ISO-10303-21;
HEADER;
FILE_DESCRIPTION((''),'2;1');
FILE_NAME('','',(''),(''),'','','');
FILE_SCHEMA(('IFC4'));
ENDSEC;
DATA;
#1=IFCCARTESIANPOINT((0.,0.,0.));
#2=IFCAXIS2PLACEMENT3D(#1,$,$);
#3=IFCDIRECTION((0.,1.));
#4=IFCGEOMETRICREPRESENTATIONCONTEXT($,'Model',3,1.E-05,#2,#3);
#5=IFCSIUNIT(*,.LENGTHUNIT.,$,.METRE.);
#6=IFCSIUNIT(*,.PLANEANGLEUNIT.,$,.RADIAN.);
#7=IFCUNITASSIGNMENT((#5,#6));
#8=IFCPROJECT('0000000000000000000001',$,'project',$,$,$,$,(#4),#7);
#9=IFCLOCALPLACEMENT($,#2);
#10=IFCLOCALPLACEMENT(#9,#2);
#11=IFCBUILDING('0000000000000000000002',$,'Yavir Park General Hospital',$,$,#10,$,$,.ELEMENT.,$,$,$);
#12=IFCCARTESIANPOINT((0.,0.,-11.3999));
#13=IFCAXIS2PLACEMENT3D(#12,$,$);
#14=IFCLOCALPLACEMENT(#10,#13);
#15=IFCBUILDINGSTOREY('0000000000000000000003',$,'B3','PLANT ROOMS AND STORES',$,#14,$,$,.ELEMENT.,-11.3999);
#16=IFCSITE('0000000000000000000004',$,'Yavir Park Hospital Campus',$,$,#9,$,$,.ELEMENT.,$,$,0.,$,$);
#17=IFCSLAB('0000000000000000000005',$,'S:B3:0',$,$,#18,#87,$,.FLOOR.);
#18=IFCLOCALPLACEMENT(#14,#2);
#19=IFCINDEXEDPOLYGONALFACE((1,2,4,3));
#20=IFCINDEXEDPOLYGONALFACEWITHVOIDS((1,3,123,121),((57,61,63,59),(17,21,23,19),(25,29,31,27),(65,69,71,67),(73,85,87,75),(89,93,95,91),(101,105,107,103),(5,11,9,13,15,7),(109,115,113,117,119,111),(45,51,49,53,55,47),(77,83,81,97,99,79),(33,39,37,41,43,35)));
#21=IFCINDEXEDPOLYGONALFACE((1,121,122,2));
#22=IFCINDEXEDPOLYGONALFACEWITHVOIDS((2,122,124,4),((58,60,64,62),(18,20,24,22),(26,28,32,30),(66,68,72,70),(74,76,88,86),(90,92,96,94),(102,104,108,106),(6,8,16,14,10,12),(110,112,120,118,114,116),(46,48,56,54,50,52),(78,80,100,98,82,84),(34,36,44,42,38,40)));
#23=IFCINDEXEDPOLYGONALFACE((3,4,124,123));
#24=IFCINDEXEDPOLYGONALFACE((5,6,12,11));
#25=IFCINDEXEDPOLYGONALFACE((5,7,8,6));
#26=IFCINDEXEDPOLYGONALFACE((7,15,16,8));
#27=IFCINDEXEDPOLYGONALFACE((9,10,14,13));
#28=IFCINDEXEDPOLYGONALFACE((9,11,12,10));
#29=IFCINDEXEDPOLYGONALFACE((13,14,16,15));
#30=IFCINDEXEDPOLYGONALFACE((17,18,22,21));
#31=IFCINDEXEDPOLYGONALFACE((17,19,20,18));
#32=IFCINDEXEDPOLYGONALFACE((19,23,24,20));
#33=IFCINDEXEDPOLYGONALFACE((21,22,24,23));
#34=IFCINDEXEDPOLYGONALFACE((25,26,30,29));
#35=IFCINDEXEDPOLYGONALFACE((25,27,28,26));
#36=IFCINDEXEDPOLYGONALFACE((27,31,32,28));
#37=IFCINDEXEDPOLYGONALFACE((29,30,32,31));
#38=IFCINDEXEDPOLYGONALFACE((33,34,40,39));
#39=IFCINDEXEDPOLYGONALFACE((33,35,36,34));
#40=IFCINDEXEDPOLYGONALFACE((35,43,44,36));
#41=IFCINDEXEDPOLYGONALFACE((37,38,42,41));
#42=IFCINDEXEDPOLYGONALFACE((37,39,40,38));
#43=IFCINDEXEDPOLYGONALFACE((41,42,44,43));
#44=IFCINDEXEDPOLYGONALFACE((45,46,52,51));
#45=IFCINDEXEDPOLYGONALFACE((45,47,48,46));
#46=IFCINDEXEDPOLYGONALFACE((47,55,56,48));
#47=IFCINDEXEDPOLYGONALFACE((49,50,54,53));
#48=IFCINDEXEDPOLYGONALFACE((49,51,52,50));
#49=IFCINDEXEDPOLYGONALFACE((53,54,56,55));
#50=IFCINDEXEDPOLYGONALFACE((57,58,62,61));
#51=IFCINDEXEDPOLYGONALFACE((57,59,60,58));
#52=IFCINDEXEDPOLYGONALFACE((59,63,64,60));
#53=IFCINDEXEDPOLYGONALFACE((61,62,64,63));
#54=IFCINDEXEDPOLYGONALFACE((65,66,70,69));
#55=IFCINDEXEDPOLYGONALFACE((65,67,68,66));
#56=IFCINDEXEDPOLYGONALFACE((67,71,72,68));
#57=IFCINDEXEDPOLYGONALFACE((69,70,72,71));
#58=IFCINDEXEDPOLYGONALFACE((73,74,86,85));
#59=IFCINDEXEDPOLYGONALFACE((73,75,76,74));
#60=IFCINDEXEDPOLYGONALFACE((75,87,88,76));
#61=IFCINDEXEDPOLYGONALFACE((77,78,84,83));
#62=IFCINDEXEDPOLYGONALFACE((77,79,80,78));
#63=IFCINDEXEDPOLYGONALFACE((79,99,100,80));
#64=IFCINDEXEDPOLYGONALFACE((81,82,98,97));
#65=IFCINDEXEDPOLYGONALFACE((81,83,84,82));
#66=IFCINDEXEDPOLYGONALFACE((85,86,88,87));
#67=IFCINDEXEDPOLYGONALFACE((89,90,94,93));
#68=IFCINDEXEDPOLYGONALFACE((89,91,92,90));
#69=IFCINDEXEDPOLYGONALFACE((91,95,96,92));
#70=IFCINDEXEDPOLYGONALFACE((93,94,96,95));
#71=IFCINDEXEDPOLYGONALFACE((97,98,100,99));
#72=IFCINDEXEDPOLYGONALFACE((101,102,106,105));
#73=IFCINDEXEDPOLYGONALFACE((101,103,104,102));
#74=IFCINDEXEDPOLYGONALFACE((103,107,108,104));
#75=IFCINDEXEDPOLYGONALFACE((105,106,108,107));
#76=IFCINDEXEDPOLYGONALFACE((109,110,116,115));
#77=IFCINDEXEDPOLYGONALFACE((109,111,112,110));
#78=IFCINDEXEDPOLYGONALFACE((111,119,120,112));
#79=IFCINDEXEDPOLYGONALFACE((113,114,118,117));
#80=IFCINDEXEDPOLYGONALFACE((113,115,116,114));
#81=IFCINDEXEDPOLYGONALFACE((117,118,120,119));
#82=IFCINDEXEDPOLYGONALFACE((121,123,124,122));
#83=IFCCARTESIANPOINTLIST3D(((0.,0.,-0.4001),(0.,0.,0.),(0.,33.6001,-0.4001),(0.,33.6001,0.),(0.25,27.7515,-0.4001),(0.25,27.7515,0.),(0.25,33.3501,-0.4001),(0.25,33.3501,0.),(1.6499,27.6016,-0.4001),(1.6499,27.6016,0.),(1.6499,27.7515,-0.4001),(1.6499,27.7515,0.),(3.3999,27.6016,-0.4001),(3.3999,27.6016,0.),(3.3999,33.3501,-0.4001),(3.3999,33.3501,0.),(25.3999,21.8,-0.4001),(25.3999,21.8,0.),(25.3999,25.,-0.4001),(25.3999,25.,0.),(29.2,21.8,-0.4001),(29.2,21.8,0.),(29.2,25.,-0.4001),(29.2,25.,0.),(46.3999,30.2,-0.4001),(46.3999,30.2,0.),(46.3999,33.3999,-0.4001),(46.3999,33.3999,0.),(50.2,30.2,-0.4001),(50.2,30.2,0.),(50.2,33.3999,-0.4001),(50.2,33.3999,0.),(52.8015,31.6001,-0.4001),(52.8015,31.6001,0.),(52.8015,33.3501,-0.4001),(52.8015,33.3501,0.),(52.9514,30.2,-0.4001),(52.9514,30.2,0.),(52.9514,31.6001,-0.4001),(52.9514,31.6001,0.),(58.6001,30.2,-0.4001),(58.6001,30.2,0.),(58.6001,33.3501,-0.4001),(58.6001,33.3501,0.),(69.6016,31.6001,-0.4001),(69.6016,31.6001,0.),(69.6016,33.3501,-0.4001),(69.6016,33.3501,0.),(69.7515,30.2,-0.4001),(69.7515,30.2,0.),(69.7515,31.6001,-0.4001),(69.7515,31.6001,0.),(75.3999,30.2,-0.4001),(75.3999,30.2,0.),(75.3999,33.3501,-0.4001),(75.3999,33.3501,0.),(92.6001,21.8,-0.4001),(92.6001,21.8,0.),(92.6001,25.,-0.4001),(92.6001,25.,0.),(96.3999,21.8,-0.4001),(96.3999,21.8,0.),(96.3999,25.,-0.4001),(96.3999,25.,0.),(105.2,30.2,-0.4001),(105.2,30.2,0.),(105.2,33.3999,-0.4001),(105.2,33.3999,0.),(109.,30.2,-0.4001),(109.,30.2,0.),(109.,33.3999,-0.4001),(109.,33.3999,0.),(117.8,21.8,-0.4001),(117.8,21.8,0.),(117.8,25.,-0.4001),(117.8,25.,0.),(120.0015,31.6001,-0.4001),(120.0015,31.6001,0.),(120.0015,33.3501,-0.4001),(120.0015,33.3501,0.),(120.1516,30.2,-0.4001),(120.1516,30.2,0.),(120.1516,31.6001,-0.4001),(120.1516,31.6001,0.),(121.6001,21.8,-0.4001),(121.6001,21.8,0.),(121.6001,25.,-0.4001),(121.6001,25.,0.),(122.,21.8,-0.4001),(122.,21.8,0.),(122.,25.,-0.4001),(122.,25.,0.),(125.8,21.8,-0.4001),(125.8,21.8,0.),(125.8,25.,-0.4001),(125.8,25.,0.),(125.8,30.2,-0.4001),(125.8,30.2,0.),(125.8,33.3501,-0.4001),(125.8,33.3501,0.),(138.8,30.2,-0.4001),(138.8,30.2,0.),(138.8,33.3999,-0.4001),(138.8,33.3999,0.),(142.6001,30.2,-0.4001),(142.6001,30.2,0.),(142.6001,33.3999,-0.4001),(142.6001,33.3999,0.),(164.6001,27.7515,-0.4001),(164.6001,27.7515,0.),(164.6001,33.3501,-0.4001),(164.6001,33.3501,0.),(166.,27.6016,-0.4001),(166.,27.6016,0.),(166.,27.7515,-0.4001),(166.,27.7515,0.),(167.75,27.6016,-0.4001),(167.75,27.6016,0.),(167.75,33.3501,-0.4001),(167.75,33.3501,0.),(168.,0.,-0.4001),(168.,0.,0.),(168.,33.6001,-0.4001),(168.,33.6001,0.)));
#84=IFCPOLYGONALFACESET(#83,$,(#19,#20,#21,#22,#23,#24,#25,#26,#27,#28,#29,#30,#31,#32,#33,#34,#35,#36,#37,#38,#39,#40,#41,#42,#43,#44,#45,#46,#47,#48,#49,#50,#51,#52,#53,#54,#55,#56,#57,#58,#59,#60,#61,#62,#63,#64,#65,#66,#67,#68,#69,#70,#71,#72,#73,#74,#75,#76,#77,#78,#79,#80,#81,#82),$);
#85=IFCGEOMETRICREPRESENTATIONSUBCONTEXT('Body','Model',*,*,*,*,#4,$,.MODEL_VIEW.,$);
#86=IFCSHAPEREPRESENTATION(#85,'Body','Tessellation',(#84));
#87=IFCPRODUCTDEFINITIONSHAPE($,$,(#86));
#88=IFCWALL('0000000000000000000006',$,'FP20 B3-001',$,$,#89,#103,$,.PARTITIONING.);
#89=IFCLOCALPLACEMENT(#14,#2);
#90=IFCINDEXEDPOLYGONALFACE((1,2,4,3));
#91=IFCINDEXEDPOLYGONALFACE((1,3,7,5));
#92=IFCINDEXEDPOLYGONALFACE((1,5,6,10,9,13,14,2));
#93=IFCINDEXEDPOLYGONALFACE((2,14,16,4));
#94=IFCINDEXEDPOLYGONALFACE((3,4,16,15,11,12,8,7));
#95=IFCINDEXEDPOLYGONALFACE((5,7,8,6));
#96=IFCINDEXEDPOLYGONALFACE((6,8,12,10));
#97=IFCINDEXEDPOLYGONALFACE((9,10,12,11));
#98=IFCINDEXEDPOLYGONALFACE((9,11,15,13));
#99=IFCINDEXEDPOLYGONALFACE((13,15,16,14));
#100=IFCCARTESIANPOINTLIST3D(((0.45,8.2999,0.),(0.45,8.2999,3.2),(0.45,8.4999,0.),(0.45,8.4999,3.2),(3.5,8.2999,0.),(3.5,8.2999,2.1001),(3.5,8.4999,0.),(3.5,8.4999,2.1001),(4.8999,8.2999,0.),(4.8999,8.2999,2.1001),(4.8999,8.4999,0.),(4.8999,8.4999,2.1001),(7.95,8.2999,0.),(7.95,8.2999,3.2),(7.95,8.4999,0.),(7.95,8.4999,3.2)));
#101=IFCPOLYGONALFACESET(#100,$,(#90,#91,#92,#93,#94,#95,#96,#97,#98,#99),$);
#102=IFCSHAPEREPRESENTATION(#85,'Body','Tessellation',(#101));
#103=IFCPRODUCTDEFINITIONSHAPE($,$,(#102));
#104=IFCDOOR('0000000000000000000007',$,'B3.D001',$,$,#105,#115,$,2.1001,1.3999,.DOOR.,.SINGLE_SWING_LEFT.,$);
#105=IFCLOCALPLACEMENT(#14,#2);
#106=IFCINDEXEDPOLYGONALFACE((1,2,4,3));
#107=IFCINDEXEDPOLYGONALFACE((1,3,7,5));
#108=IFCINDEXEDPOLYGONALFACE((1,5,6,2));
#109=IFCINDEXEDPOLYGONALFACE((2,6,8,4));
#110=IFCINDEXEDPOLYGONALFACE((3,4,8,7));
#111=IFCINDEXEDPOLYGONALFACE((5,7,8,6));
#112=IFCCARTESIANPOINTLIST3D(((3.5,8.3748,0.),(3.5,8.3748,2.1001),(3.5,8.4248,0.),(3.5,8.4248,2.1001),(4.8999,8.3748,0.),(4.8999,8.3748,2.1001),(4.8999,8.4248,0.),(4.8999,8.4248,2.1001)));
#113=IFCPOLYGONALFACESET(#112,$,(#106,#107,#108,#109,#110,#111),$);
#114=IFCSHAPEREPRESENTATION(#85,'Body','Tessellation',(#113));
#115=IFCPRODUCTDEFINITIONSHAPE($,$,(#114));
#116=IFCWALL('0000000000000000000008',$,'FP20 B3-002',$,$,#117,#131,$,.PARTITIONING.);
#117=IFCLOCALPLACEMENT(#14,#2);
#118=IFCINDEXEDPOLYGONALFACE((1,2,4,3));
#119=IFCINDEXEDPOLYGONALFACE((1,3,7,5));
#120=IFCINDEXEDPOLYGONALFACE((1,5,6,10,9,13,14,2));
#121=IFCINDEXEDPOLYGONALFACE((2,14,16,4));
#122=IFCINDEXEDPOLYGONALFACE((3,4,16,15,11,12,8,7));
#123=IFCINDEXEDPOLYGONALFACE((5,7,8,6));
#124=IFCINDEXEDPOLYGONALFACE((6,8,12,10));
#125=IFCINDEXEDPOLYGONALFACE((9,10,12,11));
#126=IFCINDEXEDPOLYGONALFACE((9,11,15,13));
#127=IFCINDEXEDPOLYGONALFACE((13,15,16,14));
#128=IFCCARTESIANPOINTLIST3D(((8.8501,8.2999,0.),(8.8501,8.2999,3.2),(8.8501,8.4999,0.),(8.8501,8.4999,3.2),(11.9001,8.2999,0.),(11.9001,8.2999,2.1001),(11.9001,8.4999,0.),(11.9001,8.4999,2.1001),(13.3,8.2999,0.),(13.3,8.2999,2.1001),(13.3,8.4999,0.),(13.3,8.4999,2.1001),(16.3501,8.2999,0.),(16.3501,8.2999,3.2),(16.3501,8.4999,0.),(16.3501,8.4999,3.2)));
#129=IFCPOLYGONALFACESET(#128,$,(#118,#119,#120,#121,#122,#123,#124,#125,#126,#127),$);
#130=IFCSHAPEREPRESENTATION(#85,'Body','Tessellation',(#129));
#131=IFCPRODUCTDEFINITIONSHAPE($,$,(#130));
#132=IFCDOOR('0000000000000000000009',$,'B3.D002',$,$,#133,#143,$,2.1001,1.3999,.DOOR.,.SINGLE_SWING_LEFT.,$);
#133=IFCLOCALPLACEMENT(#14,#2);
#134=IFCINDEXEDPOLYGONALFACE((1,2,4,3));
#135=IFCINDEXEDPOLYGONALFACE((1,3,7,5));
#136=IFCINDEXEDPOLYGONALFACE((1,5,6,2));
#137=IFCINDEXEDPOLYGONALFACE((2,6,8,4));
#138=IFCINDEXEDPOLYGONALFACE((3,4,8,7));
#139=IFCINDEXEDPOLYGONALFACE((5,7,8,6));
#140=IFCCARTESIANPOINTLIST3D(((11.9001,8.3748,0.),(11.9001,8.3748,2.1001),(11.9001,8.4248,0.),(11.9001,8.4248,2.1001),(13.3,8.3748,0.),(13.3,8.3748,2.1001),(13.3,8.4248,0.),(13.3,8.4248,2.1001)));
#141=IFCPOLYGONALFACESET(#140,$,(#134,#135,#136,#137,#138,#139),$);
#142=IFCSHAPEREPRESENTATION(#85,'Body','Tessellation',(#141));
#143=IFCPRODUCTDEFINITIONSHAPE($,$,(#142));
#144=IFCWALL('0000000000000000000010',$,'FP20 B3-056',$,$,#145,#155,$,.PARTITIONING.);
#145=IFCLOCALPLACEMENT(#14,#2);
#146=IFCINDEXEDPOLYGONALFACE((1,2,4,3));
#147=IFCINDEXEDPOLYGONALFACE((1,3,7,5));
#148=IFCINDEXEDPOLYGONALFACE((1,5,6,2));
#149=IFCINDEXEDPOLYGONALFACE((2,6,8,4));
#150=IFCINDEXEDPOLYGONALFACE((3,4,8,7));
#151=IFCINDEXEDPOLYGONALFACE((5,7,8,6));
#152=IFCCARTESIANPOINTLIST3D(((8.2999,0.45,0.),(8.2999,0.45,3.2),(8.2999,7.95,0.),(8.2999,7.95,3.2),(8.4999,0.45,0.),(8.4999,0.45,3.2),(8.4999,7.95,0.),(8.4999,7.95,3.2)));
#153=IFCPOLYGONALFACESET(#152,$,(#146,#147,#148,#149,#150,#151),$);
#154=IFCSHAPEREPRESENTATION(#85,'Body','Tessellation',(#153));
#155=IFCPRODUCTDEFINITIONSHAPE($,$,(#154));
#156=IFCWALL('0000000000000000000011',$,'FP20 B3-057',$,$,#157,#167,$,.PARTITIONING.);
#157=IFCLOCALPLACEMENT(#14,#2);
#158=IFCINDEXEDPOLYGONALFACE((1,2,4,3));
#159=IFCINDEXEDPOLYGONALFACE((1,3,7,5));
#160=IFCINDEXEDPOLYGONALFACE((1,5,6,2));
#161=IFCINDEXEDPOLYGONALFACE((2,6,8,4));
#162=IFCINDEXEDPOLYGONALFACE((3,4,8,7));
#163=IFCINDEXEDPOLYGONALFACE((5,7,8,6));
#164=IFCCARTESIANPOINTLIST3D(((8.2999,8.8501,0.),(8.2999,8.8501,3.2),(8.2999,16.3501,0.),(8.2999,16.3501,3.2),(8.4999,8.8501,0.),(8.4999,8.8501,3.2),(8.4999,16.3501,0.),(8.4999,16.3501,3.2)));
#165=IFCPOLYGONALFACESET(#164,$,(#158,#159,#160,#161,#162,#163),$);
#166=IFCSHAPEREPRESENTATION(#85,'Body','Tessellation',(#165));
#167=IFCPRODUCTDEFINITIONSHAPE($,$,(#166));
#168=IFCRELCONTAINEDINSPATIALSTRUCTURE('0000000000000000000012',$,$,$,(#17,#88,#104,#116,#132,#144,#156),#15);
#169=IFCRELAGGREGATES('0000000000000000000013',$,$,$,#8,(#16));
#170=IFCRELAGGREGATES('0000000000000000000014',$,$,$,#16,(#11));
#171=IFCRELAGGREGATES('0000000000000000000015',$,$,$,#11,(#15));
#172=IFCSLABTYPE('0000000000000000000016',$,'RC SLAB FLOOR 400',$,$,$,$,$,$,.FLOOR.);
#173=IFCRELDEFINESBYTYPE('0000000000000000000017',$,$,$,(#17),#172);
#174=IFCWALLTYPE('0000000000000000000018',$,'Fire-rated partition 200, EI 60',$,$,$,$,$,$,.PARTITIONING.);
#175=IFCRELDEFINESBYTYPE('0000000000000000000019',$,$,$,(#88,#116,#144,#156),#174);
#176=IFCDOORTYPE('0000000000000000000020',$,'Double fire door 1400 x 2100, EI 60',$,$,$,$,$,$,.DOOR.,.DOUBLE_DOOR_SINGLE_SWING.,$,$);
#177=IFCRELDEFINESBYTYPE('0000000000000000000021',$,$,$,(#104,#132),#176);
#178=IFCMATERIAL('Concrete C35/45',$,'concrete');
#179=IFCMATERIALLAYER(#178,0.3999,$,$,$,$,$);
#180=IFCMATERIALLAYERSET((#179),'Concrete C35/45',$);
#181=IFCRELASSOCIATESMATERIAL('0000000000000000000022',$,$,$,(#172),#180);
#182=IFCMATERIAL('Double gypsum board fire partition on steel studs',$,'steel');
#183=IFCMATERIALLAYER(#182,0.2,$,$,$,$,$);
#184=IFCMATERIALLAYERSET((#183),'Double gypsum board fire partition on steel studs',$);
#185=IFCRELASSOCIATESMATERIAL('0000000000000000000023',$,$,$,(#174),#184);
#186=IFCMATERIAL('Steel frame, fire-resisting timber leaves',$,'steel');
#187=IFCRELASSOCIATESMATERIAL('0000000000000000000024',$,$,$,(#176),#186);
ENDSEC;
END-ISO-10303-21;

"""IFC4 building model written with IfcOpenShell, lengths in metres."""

from ifc_helpers import new_model, si_unit, direction, frame, frame_2d, origin, place, context, subcontext, project, spatial, polyline, rectangle, outline, extrude, material, layer, layer_set, type_object, element, fill, save


model = new_model("IFC4")

# Units and contexts
model_context = context("Model", 3, precision=1e-05, world=origin(), true_north=direction((0.0, 1.0)))
body_context = subcontext(model_context, "Body", "Model", "MODEL_VIEW")
ifc_project = project(units=[si_unit("LENGTHUNIT", "METRE"), si_unit("PLANEANGLEUNIT", "RADIAN")], contexts=[model_context])

# Site, building, storey
site_placement = place(None, origin())
site = spatial("IfcSite", under=ifc_project, at=site_placement, Name="Yavir Park Hospital Campus", CompositionType="ELEMENT", RefElevation=0.0)
building_placement = place(site_placement, origin())
building = spatial("IfcBuilding", under=site, at=building_placement, Name="Yavir Park General Hospital", CompositionType="ELEMENT")
storey_placement = place(building_placement, frame((0.0, 0.0, -11.3999)))
storey = spatial("IfcBuildingStorey", under=building, at=storey_placement, Name="B3", Description="PLANT ROOMS AND STORES", CompositionType="ELEMENT", Elevation=-11.3999)

# Slab
ifc_material_1 = material(Name="Concrete C35/45", Category="concrete")
ifc_layer_1 = layer(ifc_material_1, 0.3999)
ifc_layer_set_1 = layer_set([ifc_layer_1], Name="Concrete C35/45")
slab_type_1 = type_object("IfcSlabType", Name="RC SLAB FLOOR 400", PredefinedType="FLOOR", material=ifc_layer_set_1)
slab_1_placement = place(storey_placement, frame((0.0, 0.0, -0.4001)))
element("IfcSlab", 1, at=slab_1_placement, inside=storey, type_object=slab_type_1, Name="S:B3:0", PredefinedType="FLOOR", context=body_context, shape_type="SweptSolid", body=[
    extrude(outline(polyline([(168.0, 33.6001), (0.0, 33.6001), (0.0, 0.0), (168.0, 0.0), (168.0, 33.6001)]), holes=[polyline([(29.2, 21.8), (25.3999, 21.8), (25.3999, 25.0), (29.2, 25.0), (29.2, 21.8)]), polyline([(92.6001, 21.8), (92.6001, 25.0), (96.3999, 25.0), (96.3999, 21.8), (92.6001, 21.8)]), polyline([(50.2, 30.2), (46.3999, 30.2), (46.3999, 33.3999), (50.2, 33.3999), (50.2, 30.2)]), polyline([(121.6001, 21.8), (117.8, 21.8), (117.8, 25.0), (121.6001, 25.0), (121.6001, 21.8)]), polyline([(122.0, 21.8), (122.0, 25.0), (125.8, 25.0), (125.8, 21.8), (122.0, 21.8)]), polyline([(109.0, 30.2), (105.2, 30.2), (105.2, 33.3999), (109.0, 33.3999), (109.0, 30.2)]), polyline([(138.8, 30.2), (138.8, 33.3999), (142.6001, 33.3999), (142.6001, 30.2), (138.8, 30.2)]), polyline([(3.3999, 27.6016), (1.6499, 27.6016), (1.6499, 27.7515), (0.25, 27.7515), (0.25, 33.3501), (3.3999, 33.3501), (3.3999, 27.6016)]), polyline([(58.6001, 30.2), (52.9514, 30.2), (52.9514, 31.6001), (52.8015, 31.6001), (52.8015, 33.3501), (58.6001, 33.3501), (58.6001, 30.2)]), polyline([(69.7515, 31.6001), (69.6016, 31.6001), (69.6016, 33.3501), (75.3999, 33.3501), (75.3999, 30.2), (69.7515, 30.2), (69.7515, 31.6001)]), polyline([(120.0015, 33.3501), (125.8, 33.3501), (125.8, 30.2), (120.1516, 30.2), (120.1516, 31.6001), (120.0015, 31.6001), (120.0015, 33.3501)]), polyline([(166.0, 27.7515), (164.6001, 27.7515), (164.6001, 33.3501), (167.75, 33.3501), (167.75, 27.6016), (166.0, 27.6016), (166.0, 27.7515)])]), origin(), (0.0, 0.0, 1.0), 0.4001),
])

# Walls, openings, doors
ifc_material_2 = material(Name="Double gypsum board fire partition on steel studs", Category="steel")
ifc_layer_2 = layer(ifc_material_2, 0.2)
ifc_layer_set_2 = layer_set([ifc_layer_2], Name="Double gypsum board fire partition on steel studs")
wall_type_1 = type_object("IfcWallType", Name="Fire-rated partition 200, EI 60", PredefinedType="PARTITIONING", material=ifc_layer_set_2)
wall_1_placement = place(storey_placement, frame((0.45, 8.3999, 0.0), z_axis=(0.0, 0.0, 1.0), x_axis=(1.0, 0.0, 0.0)))
wall_1 = element("IfcWall", 2, at=wall_1_placement, inside=storey, type_object=wall_type_1, Name="FP20 B3-001", PredefinedType="PARTITIONING", context=body_context, shape_type="SweptSolid", body=[
    extrude(rectangle(XDim=7.5, YDim=0.2, at=frame_2d((3.75, 0.0))), origin(), (0.0, 0.0, 1.0), 3.2),
])
opening_1_placement = place(wall_1_placement, frame((3.05, 0.0, 0.0)))
opening_1 = element("IfcOpeningElement", 3, at=opening_1_placement, cuts=wall_1, PredefinedType="OPENING", context=body_context, shape_type="SweptSolid", body=[
    extrude(rectangle(XDim=1.3999, YDim=2.1001, at=frame_2d((0.7, 1.05))), frame((0.0, 0.1099, 0.0), z_axis=(0.0, -1.0, 0.0), x_axis=(1.0, 0.0, 0.0)), (0.0, 0.0, 1.0), 0.22),
])
ifc_material_3 = material(Name="Steel frame, fire-resisting timber leaves", Category="steel")
door_type = type_object("IfcDoorType", Name="Double fire door 1400 x 2100, EI 60", OperationType="DOUBLE_DOOR_SINGLE_SWING", PredefinedType="DOOR", material=ifc_material_3)
door_1_placement = place(opening_1_placement, origin())
door_1 = element("IfcDoor", 4, at=door_1_placement, inside=storey, type_object=door_type, Name="B3.D001", OperationType="SINGLE_SWING_LEFT", OverallHeight=2.1001, OverallWidth=1.3999, PredefinedType="DOOR", context=body_context, shape_type="SweptSolid", body=[
    extrude(rectangle(XDim=1.3999, YDim=2.1001, at=frame_2d((0.7, 1.05))), frame((0.0, 0.0249, 0.0), z_axis=(0.0, -1.0, 0.0), x_axis=(1.0, 0.0, 0.0)), (0.0, 0.0, 1.0), 0.05),
])
fill(opening_1, door_1)
wall_2_placement = place(storey_placement, frame((8.8501, 8.3999, 0.0), z_axis=(0.0, 0.0, 1.0), x_axis=(1.0, 0.0, 0.0)))
wall_2 = element("IfcWall", 5, at=wall_2_placement, inside=storey, type_object=wall_type_1, Name="FP20 B3-002", PredefinedType="PARTITIONING", context=body_context, shape_type="SweptSolid", body=[
    extrude(rectangle(XDim=7.5, YDim=0.2, at=frame_2d((3.75, 0.0))), origin(), (0.0, 0.0, 1.0), 3.2),
])
opening_2_placement = place(wall_2_placement, frame((3.05, 0.0, 0.0)))
opening_2 = element("IfcOpeningElement", 6, at=opening_2_placement, cuts=wall_2, PredefinedType="OPENING", context=body_context, shape_type="SweptSolid", body=[
    extrude(rectangle(XDim=1.3999, YDim=2.1001, at=frame_2d((0.7, 1.05))), frame((0.0, 0.1099, 0.0), z_axis=(0.0, -1.0, 0.0), x_axis=(1.0, 0.0, 0.0)), (0.0, 0.0, 1.0), 0.22),
])
door_2_placement = place(opening_2_placement, origin())
door_2 = element("IfcDoor", 7, at=door_2_placement, inside=storey, type_object=door_type, Name="B3.D002", OperationType="SINGLE_SWING_LEFT", OverallHeight=2.1001, OverallWidth=1.3999, PredefinedType="DOOR", context=body_context, shape_type="SweptSolid", body=[
    extrude(rectangle(XDim=1.3999, YDim=2.1001, at=frame_2d((0.7, 1.05))), frame((0.0, 0.0249, 0.0), z_axis=(0.0, -1.0, 0.0), x_axis=(1.0, 0.0, 0.0)), (0.0, 0.0, 1.0), 0.05),
])
fill(opening_2, door_2)

# Walls
for number, where, z_axis, x_axis, name in (
    (8, (8.3999, 0.45, 0.0), (0.0, 0.0, 1.0), (0.0, 1.0, 0.0), "FP20 B3-056"),
    (9, (8.3999, 8.8501, 0.0), (0.0, 0.0, 1.0), (0.0, 1.0, 0.0), "FP20 B3-057"),
):
    element("IfcWall", number, at=place(storey_placement, frame(where, z_axis=z_axis, x_axis=x_axis)), inside=storey, type_object=wall_type_1, Name=name, PredefinedType="PARTITIONING", context=body_context, shape_type="SweptSolid", body=[
        extrude(rectangle(XDim=7.5, YDim=0.2, at=frame_2d((3.75, 0.0))), origin(), (0.0, 0.0, 1.0), 3.2),
    ])

save(model, "model.ifc")
